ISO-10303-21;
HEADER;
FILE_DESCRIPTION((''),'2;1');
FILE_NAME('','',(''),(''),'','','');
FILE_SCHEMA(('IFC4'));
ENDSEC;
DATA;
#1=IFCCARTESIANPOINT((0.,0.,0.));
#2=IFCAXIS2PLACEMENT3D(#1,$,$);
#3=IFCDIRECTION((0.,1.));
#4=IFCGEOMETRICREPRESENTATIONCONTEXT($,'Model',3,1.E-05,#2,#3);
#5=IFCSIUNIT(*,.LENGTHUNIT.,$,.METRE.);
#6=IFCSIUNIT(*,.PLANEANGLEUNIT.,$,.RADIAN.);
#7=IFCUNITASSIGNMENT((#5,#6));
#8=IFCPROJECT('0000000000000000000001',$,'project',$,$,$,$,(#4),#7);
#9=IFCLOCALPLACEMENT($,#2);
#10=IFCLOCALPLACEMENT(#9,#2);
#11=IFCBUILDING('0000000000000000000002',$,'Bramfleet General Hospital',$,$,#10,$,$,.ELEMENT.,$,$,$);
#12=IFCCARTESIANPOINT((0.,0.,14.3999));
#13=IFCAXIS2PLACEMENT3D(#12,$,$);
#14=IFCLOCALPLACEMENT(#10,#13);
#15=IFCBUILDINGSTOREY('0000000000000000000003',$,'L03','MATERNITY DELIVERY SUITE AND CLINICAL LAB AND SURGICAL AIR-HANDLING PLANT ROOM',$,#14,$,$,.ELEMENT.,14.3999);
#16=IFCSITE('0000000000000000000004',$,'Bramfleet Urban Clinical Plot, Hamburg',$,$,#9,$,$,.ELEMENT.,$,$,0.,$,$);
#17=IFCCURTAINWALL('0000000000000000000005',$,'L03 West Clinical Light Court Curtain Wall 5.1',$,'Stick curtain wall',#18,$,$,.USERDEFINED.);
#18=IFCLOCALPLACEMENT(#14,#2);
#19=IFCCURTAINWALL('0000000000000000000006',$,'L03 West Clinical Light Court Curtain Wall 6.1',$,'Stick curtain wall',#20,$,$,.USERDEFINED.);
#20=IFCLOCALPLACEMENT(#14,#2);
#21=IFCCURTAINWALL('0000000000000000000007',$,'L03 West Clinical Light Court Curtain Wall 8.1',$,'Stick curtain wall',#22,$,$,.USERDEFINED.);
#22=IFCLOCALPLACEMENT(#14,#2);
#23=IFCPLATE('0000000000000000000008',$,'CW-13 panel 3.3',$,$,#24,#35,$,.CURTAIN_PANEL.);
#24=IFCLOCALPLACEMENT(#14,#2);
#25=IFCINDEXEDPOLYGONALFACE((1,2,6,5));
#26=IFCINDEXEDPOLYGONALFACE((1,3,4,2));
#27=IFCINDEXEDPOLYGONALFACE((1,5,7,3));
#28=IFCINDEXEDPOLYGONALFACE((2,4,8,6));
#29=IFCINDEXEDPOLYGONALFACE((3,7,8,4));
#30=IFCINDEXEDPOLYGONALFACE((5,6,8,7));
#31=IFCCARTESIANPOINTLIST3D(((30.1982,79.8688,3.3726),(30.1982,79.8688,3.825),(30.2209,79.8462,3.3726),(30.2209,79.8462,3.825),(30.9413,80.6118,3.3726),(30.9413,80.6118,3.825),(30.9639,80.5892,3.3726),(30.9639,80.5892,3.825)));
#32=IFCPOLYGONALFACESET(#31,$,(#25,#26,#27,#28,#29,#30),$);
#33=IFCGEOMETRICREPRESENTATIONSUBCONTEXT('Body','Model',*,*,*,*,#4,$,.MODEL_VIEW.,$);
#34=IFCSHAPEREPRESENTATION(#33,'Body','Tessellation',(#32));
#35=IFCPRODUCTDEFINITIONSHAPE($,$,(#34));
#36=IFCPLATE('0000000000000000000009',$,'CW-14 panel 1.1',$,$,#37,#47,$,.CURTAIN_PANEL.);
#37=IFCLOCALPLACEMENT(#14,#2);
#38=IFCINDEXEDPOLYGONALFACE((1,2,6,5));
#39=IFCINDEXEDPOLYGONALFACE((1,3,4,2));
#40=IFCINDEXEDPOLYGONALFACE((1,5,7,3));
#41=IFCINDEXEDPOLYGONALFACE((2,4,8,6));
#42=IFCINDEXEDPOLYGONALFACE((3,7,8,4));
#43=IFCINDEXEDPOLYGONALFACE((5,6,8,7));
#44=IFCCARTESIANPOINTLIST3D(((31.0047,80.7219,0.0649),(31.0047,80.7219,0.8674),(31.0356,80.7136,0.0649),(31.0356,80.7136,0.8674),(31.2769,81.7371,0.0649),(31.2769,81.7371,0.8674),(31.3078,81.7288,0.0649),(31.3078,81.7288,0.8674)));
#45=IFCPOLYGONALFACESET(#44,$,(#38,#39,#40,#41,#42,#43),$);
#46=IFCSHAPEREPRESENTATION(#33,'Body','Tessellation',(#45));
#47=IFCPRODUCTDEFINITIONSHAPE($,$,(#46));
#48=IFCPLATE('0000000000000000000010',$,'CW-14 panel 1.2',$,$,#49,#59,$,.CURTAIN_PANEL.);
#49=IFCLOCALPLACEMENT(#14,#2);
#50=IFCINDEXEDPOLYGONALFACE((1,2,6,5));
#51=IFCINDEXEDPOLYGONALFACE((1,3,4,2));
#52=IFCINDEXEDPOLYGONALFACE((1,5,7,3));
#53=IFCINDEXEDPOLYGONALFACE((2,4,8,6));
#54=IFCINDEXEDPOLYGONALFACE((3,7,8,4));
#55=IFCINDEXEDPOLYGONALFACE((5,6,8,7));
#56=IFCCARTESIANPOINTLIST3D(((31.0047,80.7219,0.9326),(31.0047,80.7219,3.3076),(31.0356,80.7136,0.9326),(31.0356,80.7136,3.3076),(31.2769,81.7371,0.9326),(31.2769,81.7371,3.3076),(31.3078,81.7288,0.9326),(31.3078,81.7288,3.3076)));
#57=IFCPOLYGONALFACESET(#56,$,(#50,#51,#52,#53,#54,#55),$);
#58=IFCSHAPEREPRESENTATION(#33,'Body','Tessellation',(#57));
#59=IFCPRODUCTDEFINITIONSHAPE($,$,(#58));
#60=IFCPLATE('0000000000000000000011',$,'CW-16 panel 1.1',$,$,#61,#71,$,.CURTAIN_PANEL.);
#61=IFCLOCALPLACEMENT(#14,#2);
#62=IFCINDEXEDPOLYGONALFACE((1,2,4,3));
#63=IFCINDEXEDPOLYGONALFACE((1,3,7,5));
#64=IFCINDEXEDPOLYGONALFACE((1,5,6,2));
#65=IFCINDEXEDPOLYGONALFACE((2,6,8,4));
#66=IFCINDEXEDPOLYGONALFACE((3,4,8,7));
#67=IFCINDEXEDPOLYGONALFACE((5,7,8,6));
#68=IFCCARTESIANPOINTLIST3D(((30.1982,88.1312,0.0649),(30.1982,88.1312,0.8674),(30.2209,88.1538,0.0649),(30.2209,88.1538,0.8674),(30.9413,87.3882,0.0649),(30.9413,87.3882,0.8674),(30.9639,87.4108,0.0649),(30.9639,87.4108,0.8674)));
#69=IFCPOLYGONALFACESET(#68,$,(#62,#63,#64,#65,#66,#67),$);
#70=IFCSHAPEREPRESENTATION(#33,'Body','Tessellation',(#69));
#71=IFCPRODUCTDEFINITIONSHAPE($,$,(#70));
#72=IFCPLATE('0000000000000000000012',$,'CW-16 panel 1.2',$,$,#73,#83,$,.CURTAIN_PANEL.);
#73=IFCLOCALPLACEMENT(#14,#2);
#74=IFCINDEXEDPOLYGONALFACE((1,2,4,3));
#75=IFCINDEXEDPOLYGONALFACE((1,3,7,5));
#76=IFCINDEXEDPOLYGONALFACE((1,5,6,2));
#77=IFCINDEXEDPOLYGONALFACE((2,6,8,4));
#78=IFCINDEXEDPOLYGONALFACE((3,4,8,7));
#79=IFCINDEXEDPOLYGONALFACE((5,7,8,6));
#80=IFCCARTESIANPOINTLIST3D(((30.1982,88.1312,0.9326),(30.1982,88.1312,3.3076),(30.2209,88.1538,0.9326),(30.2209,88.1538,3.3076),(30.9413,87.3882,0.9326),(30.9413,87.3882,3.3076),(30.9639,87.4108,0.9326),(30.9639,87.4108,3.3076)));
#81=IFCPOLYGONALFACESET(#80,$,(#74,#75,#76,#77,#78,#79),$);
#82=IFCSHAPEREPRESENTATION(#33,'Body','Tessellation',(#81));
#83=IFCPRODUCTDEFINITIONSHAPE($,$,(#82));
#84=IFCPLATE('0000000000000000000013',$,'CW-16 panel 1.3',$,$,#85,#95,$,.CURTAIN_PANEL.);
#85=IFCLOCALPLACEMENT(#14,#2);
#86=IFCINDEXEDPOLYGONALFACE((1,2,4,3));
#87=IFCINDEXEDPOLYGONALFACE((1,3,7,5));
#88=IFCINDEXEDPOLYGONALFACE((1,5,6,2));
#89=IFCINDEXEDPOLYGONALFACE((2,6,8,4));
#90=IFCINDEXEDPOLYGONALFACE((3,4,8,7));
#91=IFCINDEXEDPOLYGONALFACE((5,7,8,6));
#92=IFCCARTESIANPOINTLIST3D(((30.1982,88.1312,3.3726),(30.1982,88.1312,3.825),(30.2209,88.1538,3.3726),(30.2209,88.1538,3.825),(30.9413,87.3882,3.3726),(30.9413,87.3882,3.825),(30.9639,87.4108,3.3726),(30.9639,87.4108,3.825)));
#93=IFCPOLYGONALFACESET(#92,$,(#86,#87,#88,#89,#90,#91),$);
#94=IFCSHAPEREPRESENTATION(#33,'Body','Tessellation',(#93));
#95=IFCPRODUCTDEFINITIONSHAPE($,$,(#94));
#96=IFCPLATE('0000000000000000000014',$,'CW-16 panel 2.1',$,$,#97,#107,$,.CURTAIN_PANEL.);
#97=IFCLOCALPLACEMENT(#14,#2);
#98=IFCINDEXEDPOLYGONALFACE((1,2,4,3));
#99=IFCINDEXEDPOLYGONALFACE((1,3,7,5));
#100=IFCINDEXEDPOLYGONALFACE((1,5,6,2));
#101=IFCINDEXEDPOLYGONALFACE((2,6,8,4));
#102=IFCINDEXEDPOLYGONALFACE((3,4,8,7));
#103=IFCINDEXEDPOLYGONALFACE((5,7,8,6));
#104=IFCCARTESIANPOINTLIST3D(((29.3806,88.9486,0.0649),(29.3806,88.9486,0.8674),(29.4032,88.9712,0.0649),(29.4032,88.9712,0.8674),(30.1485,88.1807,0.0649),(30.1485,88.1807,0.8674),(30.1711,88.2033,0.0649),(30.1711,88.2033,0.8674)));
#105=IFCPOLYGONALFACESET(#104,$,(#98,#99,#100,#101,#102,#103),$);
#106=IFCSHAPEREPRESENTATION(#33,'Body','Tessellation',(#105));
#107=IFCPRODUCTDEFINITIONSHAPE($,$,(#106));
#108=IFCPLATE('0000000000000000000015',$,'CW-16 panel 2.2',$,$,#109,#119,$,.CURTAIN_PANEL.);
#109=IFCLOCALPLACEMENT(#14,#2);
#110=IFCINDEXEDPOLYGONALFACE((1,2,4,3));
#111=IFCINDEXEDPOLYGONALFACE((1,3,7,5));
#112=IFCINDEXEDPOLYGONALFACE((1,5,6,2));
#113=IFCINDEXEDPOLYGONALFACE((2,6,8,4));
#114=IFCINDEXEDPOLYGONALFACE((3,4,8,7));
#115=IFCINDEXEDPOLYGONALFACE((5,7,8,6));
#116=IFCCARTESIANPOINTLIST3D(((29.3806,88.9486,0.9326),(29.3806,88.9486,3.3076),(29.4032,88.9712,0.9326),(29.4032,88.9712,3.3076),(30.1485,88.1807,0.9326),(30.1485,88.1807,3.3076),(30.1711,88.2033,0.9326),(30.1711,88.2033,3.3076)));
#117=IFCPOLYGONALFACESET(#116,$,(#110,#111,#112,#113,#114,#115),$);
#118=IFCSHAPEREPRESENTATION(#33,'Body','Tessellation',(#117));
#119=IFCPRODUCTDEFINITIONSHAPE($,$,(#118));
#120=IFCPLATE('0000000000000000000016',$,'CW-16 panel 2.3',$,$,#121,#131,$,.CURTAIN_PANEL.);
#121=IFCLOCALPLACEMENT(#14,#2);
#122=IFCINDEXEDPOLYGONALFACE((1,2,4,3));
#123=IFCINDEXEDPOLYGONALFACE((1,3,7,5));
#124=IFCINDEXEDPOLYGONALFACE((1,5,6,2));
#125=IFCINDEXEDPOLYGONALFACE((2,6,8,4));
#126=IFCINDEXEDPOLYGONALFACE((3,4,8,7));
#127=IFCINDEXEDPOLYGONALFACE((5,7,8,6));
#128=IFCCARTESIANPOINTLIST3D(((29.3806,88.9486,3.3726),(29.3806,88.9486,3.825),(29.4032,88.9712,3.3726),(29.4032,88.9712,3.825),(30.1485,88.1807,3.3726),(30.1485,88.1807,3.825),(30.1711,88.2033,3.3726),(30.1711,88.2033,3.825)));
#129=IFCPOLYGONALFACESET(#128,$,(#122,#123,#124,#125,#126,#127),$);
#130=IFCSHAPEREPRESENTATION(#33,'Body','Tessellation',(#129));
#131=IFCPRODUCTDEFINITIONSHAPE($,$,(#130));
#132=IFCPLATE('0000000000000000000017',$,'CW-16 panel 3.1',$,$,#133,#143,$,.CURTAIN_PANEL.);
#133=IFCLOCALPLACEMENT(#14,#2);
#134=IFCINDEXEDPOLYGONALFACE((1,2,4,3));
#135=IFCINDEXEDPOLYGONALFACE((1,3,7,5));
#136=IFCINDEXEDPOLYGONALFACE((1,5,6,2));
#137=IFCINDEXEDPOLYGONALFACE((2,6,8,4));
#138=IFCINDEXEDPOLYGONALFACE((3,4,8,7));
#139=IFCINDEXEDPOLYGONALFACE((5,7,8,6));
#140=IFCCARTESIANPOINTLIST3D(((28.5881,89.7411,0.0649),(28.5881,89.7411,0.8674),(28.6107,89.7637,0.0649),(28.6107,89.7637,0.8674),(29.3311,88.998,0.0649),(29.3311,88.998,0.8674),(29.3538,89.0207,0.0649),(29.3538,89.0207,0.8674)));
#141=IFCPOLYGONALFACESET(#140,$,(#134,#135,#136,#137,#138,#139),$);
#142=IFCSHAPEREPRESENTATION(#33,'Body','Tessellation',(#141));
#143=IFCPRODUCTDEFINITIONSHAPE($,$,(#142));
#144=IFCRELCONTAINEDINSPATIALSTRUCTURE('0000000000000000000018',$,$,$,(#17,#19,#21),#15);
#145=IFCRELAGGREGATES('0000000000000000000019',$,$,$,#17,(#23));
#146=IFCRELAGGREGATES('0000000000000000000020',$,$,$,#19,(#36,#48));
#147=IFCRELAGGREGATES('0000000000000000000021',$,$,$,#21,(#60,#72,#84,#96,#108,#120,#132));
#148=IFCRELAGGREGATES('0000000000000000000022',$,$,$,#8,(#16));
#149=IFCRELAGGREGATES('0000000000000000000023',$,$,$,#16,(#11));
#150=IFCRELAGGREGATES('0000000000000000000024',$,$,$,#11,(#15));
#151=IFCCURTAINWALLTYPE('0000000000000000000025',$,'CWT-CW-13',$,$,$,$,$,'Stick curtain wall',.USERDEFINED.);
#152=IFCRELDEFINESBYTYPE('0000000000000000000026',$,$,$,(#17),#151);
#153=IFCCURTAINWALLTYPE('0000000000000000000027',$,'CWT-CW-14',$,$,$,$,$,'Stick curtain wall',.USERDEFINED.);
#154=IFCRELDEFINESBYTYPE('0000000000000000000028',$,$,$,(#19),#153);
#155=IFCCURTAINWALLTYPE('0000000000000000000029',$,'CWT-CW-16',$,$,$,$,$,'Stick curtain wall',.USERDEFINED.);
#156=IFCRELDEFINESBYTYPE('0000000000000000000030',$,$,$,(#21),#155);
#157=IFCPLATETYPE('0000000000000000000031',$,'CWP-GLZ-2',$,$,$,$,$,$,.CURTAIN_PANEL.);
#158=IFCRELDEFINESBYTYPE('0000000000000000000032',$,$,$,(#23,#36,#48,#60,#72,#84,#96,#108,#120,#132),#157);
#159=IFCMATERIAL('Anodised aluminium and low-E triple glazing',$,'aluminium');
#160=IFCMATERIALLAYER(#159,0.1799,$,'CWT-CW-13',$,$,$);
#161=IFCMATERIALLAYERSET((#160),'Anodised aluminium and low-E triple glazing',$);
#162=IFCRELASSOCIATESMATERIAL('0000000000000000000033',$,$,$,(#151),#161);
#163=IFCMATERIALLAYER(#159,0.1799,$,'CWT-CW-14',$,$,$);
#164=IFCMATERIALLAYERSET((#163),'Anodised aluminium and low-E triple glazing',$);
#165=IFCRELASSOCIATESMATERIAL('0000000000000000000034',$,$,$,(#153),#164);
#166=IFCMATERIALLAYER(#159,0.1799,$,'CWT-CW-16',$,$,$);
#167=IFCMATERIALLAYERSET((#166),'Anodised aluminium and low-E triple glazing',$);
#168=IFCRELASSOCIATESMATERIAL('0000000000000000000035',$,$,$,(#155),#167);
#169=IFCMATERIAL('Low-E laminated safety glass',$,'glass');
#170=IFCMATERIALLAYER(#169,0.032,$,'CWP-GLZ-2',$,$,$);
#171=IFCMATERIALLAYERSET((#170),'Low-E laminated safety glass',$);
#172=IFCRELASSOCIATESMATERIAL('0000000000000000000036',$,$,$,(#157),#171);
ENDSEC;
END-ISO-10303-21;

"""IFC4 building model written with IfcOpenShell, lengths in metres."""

from ifc_helpers import new_model, si_unit, direction, frame, origin, origin_2d, place, context, subcontext, project, spatial, rectangle, extrude, material, layer, layer_set, type_object, element, aggregate, save


model = new_model("IFC4")

# Units and contexts
model_context = context("Model", 3, precision=1e-05, world=origin(), true_north=direction((0.0, 1.0)))
body_context = subcontext(model_context, "Body", "Model", "MODEL_VIEW")
ifc_project = project(units=[si_unit("LENGTHUNIT", "METRE"), si_unit("PLANEANGLEUNIT", "RADIAN")], contexts=[model_context])

# Site, building, storey
site_placement = place(None, origin())
site = spatial("IfcSite", under=ifc_project, at=site_placement, Name="Bramfleet Urban Clinical Plot, Hamburg", CompositionType="ELEMENT", RefElevation=0.0)
building_placement = place(site_placement, origin())
building = spatial("IfcBuilding", under=site, at=building_placement, Name="Bramfleet General Hospital", CompositionType="ELEMENT")
storey_placement = place(building_placement, frame((0.0, 0.0, 14.3999)))
storey = spatial("IfcBuildingStorey", under=building, at=storey_placement, Name="L03", Description="MATERNITY DELIVERY SUITE AND CLINICAL LAB AND SURGICAL AIR-HANDLING PLANT ROOM", CompositionType="ELEMENT", Elevation=14.3999)

# Curtain walls
ifc_material_1 = material(Name="Anodised aluminium and low-E triple glazing", Category="aluminium")
ifc_layer_1 = layer(ifc_material_1, 0.1799, Name="CWT-CW-13")
ifc_layer_set_1 = layer_set([ifc_layer_1], Name="Anodised aluminium and low-E triple glazing")
curtain_wall_type_1 = type_object("IfcCurtainWallType", Name="CWT-CW-13", ElementType="Stick curtain wall", PredefinedType="USERDEFINED", material=ifc_layer_set_1)
curtain_wall_1_placement = place(storey_placement, origin())
curtain_wall_1 = element("IfcCurtainWall", 1, at=curtain_wall_1_placement, inside=storey, type_object=curtain_wall_type_1, Name="L03 West Clinical Light Court Curtain Wall 5.1", ObjectType="Stick curtain wall", PredefinedType="USERDEFINED")
ifc_layer_2 = layer(ifc_material_1, 0.1799, Name="CWT-CW-14")
ifc_layer_set_2 = layer_set([ifc_layer_2], Name="Anodised aluminium and low-E triple glazing")
curtain_wall_type_2 = type_object("IfcCurtainWallType", Name="CWT-CW-14", ElementType="Stick curtain wall", PredefinedType="USERDEFINED", material=ifc_layer_set_2)
curtain_wall_2_placement = place(storey_placement, origin())
curtain_wall_2 = element("IfcCurtainWall", 2, at=curtain_wall_2_placement, inside=storey, type_object=curtain_wall_type_2, Name="L03 West Clinical Light Court Curtain Wall 6.1", ObjectType="Stick curtain wall", PredefinedType="USERDEFINED")

# Curtain wall
ifc_layer_3 = layer(ifc_material_1, 0.1799, Name="CWT-CW-16")
ifc_layer_set_3 = layer_set([ifc_layer_3], Name="Anodised aluminium and low-E triple glazing")
curtain_wall_type_3 = type_object("IfcCurtainWallType", Name="CWT-CW-16", ElementType="Stick curtain wall", PredefinedType="USERDEFINED", material=ifc_layer_set_3)
curtain_wall_3_placement = place(storey_placement, origin())
curtain_wall_3 = element("IfcCurtainWall", 3, at=curtain_wall_3_placement, inside=storey, type_object=curtain_wall_type_3, Name="L03 West Clinical Light Court Curtain Wall 8.1", ObjectType="Stick curtain wall", PredefinedType="USERDEFINED")

# Plates
ifc_material_2 = material(Name="Low-E laminated safety glass", Category="glass")
ifc_layer_4 = layer(ifc_material_2, 0.032, Name="CWP-GLZ-2")
ifc_layer_set_4 = layer_set([ifc_layer_4], Name="Low-E laminated safety glass")
plate_type = type_object("IfcPlateType", Name="CWP-GLZ-2", PredefinedType="CURTAIN_PANEL", material=ifc_layer_set_4)
plate_1_placement = place(storey_placement, frame((30.5811, 80.229, 3.3726), z_axis=(0.0, 0.0, 1.0), x_axis=(0.707107, 0.707107, 0.0)))
plate_1 = element("IfcPlate", 4, at=plate_1_placement, type_object=plate_type, Name="CW-13 panel 3.3", PredefinedType="CURTAIN_PANEL", context=body_context, shape_type="SweptSolid", body=[
    extrude(rectangle(XDim=1.0508, YDim=0.032, at=origin_2d()), origin(), (0.0, 0.0, 1.0), 0.4524),
])
aggregate(curtain_wall_1, [plate_1])
plate_2_placement = place(storey_placement, frame((31.1562, 81.2253, 0.0649), z_axis=(0.0, 0.0, 1.0), x_axis=(0.258919, 0.965899, 0.0)))
plate_2 = element("IfcPlate", 5, at=plate_2_placement, type_object=plate_type, Name="CW-14 panel 1.1", PredefinedType="CURTAIN_PANEL", context=body_context, shape_type="SweptSolid", body=[
    extrude(rectangle(XDim=1.051, YDim=0.032, at=origin_2d()), origin(), (0.0, 0.0, 1.0), 0.8025),
])
plate_3_placement = place(storey_placement, frame((31.1562, 81.2253, 0.9326), z_axis=(0.0, 0.0, 1.0), x_axis=(0.258919, 0.965899, 0.0)))
plate_3 = element("IfcPlate", 6, at=plate_3_placement, type_object=plate_type, Name="CW-14 panel 1.2", PredefinedType="CURTAIN_PANEL", context=body_context, shape_type="SweptSolid", body=[
    extrude(rectangle(XDim=1.051, YDim=0.032, at=origin_2d()), origin(), (0.0, 0.0, 1.0), 2.375),
])
aggregate(curtain_wall_2, [plate_2, plate_3])
plate_4_placement = place(storey_placement, frame((30.5811, 87.771, 0.0649), z_axis=(0.0, 0.0, 1.0), x_axis=(-0.707107, 0.707107, 0.0)))
plate_4 = element("IfcPlate", 7, at=plate_4_placement, type_object=plate_type, Name="CW-16 panel 1.1", PredefinedType="CURTAIN_PANEL", context=body_context, shape_type="SweptSolid", body=[
    extrude(rectangle(XDim=1.0508, YDim=0.032, at=origin_2d()), origin(), (0.0, 0.0, 1.0), 0.8025),
])
plate_5_placement = place(storey_placement, frame((30.5811, 87.771, 0.9326), z_axis=(0.0, 0.0, 1.0), x_axis=(-0.707107, 0.707107, 0.0)))
plate_5 = element("IfcPlate", 8, at=plate_5_placement, type_object=plate_type, Name="CW-16 panel 1.2", PredefinedType="CURTAIN_PANEL", context=body_context, shape_type="SweptSolid", body=[
    extrude(rectangle(XDim=1.0508, YDim=0.032, at=origin_2d()), origin(), (0.0, 0.0, 1.0), 2.375),
])
plate_6_placement = place(storey_placement, frame((30.5811, 87.771, 3.3726), z_axis=(0.0, 0.0, 1.0), x_axis=(-0.707107, 0.707107, 0.0)))
plate_6 = element("IfcPlate", 9, at=plate_6_placement, type_object=plate_type, Name="CW-16 panel 1.3", PredefinedType="CURTAIN_PANEL", context=body_context, shape_type="SweptSolid", body=[
    extrude(rectangle(XDim=1.0508, YDim=0.032, at=origin_2d()), origin(), (0.0, 0.0, 1.0), 0.4524),
])
plate_7_placement = place(storey_placement, frame((29.7759, 88.5759, 0.0649), z_axis=(0.0, 0.0, 1.0), x_axis=(-0.707107, 0.707107, 0.0)))
plate_7 = element("IfcPlate", 10, at=plate_7_placement, type_object=plate_type, Name="CW-16 panel 2.1", PredefinedType="CURTAIN_PANEL", context=body_context, shape_type="SweptSolid", body=[
    extrude(rectangle(XDim=1.0859, YDim=0.032, at=origin_2d()), origin(), (0.0, 0.0, 1.0), 0.8025),
])
plate_8_placement = place(storey_placement, frame((29.7759, 88.5759, 0.9326), z_axis=(0.0, 0.0, 1.0), x_axis=(-0.707107, 0.707107, 0.0)))
plate_8 = element("IfcPlate", 11, at=plate_8_placement, type_object=plate_type, Name="CW-16 panel 2.2", PredefinedType="CURTAIN_PANEL", context=body_context, shape_type="SweptSolid", body=[
    extrude(rectangle(XDim=1.0859, YDim=0.032, at=origin_2d()), origin(), (0.0, 0.0, 1.0), 2.375),
])
plate_9_placement = place(storey_placement, frame((29.7759, 88.5759, 3.3726), z_axis=(0.0, 0.0, 1.0), x_axis=(-0.707107, 0.707107, 0.0)))
plate_9 = element("IfcPlate", 12, at=plate_9_placement, type_object=plate_type, Name="CW-16 panel 2.3", PredefinedType="CURTAIN_PANEL", context=body_context, shape_type="SweptSolid", body=[
    extrude(rectangle(XDim=1.0859, YDim=0.032, at=origin_2d()), origin(), (0.0, 0.0, 1.0), 0.4524),
])
plate_10_placement = place(storey_placement, frame((28.9709, 89.3809, 0.0649), z_axis=(0.0, 0.0, 1.0), x_axis=(-0.707107, 0.707107, 0.0)))
plate_10 = element("IfcPlate", 13, at=plate_10_placement, type_object=plate_type, Name="CW-16 panel 3.1", PredefinedType="CURTAIN_PANEL", context=body_context, shape_type="SweptSolid", body=[
    extrude(rectangle(XDim=1.0508, YDim=0.032, at=origin_2d()), origin(), (0.0, 0.0, 1.0), 0.8025),
])
aggregate(curtain_wall_3, [plate_4, plate_5, plate_6, plate_7, plate_8, plate_9, plate_10])

save(model, "model.ifc")
